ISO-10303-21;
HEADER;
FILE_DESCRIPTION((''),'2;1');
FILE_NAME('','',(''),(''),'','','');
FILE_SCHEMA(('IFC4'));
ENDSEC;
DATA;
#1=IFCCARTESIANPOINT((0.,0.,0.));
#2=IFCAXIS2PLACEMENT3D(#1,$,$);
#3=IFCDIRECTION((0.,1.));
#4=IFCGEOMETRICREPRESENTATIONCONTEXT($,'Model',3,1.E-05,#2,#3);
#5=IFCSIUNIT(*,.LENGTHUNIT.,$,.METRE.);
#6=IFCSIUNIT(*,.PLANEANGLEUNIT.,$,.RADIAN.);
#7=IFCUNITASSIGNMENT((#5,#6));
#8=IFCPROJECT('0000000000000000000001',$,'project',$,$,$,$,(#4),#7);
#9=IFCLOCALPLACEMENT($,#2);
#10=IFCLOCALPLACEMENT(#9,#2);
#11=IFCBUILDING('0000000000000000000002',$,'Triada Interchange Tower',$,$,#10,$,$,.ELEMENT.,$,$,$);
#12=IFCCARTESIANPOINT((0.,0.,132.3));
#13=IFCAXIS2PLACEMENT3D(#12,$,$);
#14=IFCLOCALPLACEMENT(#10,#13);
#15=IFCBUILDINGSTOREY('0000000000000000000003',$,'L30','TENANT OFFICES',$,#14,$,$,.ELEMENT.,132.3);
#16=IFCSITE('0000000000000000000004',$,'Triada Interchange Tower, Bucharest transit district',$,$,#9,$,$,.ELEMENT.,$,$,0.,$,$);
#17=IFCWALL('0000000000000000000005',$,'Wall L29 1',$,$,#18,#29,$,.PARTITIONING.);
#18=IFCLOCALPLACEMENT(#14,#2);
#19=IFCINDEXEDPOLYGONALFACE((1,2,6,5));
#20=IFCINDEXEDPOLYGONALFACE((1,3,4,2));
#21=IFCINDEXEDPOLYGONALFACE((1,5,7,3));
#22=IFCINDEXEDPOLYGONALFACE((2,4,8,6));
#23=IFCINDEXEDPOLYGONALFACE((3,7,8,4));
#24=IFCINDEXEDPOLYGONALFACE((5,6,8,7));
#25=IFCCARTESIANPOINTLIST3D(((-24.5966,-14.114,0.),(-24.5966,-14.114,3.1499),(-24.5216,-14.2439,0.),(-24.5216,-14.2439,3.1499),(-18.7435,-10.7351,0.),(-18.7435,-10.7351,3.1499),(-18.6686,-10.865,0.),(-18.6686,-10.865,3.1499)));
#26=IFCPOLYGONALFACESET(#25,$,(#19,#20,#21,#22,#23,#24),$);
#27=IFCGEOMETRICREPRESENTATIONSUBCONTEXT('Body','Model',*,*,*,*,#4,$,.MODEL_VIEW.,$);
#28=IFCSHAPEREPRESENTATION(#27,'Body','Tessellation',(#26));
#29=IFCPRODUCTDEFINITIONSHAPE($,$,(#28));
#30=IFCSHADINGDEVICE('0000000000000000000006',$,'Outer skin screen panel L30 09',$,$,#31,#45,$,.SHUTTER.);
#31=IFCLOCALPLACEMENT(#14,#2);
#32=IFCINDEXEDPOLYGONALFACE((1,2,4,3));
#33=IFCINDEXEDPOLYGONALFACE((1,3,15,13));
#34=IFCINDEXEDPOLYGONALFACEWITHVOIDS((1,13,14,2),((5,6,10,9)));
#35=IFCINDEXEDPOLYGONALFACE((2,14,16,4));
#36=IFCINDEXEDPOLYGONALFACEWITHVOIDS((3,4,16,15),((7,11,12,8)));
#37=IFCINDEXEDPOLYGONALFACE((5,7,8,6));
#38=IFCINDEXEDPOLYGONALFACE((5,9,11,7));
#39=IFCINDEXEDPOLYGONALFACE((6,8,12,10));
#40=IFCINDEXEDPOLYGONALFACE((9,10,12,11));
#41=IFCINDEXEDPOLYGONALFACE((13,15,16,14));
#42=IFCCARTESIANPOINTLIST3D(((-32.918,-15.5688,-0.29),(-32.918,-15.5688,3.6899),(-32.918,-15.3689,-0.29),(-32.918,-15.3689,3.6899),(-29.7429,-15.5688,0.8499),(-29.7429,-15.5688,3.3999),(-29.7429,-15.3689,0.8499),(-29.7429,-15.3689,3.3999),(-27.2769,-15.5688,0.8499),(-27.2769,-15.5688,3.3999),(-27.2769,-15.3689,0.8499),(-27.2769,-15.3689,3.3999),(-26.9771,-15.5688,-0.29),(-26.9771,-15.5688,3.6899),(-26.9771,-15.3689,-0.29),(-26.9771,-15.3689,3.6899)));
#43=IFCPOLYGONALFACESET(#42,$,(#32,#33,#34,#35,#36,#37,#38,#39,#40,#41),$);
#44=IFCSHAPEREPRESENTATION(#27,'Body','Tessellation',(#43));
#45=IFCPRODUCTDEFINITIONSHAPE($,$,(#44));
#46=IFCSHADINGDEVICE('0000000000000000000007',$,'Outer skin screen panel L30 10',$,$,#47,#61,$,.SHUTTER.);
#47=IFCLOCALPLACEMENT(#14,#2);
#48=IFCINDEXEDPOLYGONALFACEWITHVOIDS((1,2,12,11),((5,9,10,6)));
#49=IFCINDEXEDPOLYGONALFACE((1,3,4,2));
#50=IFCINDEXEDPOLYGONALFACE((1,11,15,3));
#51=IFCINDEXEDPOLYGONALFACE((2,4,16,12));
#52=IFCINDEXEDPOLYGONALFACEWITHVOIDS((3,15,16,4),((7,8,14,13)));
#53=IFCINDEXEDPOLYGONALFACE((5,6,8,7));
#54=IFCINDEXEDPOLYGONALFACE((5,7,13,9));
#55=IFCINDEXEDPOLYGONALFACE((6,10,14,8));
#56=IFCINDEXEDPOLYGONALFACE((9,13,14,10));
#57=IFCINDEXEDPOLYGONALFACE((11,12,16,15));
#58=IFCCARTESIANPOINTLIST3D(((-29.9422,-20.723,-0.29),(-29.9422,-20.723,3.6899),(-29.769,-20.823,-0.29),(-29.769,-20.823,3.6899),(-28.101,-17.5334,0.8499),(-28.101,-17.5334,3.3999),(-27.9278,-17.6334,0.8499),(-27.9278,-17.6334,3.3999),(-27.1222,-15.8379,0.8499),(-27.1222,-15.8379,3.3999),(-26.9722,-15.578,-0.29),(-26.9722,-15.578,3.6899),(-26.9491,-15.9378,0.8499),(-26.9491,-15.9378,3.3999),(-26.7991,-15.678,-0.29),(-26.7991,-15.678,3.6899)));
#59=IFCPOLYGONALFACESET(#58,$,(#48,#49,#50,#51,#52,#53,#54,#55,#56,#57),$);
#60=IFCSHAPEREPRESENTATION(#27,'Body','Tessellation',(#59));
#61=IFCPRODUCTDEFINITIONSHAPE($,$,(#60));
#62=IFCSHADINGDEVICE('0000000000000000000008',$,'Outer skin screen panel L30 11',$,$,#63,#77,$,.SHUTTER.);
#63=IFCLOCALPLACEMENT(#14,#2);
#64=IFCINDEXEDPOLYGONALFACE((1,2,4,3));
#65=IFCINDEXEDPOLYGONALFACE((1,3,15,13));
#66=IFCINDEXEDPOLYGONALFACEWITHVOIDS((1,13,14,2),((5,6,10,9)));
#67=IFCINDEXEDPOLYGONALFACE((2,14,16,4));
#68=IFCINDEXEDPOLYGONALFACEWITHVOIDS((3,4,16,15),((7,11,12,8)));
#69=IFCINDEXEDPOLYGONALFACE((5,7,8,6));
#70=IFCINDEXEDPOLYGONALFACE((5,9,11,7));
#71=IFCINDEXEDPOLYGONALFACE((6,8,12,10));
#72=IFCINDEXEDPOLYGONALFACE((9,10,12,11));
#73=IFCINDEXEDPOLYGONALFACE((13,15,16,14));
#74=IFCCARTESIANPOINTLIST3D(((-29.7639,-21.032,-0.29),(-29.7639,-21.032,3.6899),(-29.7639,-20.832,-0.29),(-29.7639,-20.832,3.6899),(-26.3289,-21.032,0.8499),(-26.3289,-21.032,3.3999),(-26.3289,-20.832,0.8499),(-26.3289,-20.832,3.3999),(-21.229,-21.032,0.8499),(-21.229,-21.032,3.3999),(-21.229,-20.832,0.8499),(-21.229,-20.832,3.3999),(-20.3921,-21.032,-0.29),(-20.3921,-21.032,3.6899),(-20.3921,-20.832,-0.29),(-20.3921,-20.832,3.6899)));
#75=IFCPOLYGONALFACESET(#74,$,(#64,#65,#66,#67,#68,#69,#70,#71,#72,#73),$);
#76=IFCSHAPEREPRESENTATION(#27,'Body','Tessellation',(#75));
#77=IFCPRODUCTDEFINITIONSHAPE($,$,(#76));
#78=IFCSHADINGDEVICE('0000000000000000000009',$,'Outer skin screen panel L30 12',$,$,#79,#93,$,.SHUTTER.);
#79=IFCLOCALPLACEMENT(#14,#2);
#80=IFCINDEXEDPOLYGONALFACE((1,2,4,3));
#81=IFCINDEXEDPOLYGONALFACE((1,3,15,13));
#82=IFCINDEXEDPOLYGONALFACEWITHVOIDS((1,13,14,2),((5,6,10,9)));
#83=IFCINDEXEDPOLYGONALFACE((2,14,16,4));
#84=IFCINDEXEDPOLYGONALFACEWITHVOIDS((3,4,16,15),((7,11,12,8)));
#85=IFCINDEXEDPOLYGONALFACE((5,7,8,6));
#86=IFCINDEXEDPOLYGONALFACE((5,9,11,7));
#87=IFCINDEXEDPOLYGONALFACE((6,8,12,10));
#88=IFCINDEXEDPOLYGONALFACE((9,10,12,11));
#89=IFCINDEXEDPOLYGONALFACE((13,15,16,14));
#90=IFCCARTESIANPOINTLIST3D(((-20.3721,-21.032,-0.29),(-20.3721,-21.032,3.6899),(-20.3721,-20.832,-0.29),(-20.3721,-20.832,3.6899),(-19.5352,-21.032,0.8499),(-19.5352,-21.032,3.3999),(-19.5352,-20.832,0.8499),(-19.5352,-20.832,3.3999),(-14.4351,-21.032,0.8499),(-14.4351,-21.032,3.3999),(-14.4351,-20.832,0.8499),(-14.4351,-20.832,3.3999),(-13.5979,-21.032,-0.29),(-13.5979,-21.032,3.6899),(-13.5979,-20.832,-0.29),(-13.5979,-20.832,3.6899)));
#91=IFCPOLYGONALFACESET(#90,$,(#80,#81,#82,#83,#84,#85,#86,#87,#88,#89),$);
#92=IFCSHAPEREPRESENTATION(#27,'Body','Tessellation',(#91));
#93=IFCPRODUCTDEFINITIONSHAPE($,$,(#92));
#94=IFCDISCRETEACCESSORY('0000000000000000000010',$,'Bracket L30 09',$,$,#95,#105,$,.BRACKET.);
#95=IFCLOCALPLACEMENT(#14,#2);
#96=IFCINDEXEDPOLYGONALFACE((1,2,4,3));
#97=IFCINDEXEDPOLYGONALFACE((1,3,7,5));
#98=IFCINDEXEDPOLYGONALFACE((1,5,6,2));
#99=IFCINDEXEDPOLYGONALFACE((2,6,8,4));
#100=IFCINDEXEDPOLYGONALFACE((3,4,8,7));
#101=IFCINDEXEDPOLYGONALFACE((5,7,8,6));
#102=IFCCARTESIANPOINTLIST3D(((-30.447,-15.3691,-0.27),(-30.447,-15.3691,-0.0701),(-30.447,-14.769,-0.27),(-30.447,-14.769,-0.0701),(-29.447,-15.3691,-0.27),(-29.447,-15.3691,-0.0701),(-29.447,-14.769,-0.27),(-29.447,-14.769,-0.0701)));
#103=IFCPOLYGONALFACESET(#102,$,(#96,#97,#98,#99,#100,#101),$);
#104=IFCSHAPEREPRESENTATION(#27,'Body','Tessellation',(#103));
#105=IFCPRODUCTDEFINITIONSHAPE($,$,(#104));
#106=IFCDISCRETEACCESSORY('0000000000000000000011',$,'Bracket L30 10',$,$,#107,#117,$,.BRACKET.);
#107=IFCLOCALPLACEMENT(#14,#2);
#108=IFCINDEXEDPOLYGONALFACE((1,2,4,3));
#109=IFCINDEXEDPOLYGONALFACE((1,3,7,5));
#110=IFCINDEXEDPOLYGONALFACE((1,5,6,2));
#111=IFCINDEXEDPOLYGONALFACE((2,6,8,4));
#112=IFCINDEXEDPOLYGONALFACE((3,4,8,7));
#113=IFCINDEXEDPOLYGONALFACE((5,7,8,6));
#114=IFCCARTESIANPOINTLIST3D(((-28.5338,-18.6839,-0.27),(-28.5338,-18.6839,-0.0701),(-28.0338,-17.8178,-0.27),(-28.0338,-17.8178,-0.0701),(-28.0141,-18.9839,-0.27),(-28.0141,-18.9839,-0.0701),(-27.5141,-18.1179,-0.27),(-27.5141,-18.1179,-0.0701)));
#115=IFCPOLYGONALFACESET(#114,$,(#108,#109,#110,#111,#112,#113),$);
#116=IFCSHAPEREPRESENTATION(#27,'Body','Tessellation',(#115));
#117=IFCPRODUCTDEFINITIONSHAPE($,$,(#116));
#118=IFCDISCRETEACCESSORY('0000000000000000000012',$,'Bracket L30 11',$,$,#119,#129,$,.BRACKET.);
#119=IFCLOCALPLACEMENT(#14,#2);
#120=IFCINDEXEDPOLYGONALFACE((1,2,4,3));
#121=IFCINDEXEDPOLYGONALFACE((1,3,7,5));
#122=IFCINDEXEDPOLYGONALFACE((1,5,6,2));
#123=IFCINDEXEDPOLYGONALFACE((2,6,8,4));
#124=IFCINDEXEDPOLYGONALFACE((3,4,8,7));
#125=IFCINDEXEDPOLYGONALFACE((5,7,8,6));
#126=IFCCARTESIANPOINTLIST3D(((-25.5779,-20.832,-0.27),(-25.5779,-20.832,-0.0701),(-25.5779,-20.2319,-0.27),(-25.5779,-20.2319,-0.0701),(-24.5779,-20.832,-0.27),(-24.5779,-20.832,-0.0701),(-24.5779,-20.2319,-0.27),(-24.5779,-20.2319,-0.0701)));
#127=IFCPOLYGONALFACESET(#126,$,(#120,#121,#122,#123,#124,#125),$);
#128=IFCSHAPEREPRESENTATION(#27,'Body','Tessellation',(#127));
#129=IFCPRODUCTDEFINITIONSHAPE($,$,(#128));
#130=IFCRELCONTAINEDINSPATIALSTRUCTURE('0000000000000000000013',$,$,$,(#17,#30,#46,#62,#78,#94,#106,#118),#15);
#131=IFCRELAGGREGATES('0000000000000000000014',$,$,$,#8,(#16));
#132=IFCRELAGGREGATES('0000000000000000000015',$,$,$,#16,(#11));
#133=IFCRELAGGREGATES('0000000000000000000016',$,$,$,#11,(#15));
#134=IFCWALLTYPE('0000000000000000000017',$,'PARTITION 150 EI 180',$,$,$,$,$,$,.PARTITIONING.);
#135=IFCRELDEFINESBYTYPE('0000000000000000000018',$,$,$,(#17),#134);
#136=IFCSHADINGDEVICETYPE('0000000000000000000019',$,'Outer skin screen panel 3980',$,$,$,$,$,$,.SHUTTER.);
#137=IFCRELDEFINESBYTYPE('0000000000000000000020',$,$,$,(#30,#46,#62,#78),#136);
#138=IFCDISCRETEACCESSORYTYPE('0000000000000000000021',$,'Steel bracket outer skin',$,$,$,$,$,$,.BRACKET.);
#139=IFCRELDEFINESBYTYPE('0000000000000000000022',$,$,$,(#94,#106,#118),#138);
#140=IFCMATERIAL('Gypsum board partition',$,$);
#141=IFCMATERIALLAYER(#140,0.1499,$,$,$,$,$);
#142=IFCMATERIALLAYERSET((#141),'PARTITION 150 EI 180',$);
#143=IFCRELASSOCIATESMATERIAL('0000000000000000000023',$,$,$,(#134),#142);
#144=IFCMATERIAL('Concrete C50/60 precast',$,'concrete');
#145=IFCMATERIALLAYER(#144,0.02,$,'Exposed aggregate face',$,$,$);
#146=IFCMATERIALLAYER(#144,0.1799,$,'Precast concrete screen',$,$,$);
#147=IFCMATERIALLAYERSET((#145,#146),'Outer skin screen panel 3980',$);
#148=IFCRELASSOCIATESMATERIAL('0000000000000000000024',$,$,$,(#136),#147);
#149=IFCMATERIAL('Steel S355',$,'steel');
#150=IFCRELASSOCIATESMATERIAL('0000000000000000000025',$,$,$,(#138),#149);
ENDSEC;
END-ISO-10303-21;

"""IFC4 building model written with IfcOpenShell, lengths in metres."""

from ifc_helpers import new_model, si_unit, direction, frame, frame_2d, origin, origin_2d, place, context, subcontext, project, spatial, polyline, rectangle, outline, extrude, material, layer, layer_set, type_object, element, save


model = new_model("IFC4")

# Units and contexts
model_context = context("Model", 3, precision=1e-05, world=origin(), true_north=direction((0.0, 1.0)))
body_context = subcontext(model_context, "Body", "Model", "MODEL_VIEW")
ifc_project = project(units=[si_unit("LENGTHUNIT", "METRE"), si_unit("PLANEANGLEUNIT", "RADIAN")], contexts=[model_context])

# Site, building, storey
site_placement = place(None, origin())
site = spatial("IfcSite", under=ifc_project, at=site_placement, Name="Triada Interchange Tower, Bucharest transit district", CompositionType="ELEMENT", RefElevation=0.0)
building_placement = place(site_placement, origin())
building = spatial("IfcBuilding", under=site, at=building_placement, Name="Triada Interchange Tower", CompositionType="ELEMENT")
storey_placement = place(building_placement, frame((0.0, 0.0, 132.3)))
storey = spatial("IfcBuildingStorey", under=building, at=storey_placement, Name="L30", Description="TENANT OFFICES", CompositionType="ELEMENT", Elevation=132.3)

# Wall
ifc_material_1 = material(Name="Gypsum board partition")
ifc_layer_1 = layer(ifc_material_1, 0.1499)
ifc_layer_set_1 = layer_set([ifc_layer_1], Name="PARTITION 150 EI 180")
wall_type_1 = type_object("IfcWallType", Name="PARTITION 150 EI 180", PredefinedType="PARTITIONING", material=ifc_layer_set_1)
wall_1_placement = place(storey_placement, frame((-24.5591, -14.179, 0.0), z_axis=(0.0, 0.0, 1.0), x_axis=(0.866047, 0.499962, 0.0)))
element("IfcWall", 1, at=wall_1_placement, inside=storey, type_object=wall_type_1, Name="Wall L29 1", PredefinedType="PARTITIONING", context=body_context, shape_type="SweptSolid", body=[
    extrude(rectangle(XDim=6.7583, YDim=0.1499, at=frame_2d((3.3792, 0.0))), origin(), (0.0, 0.0, 1.0), 3.1499),
])

# Shading devices
ifc_material_2 = material(Name="Concrete C50/60 precast", Category="concrete")
ifc_layer_2 = layer(ifc_material_2, 0.02, Name="Exposed aggregate face")
ifc_layer_3 = layer(ifc_material_2, 0.1799, Name="Precast concrete screen")
ifc_layer_set_2 = layer_set([ifc_layer_2, ifc_layer_3], Name="Outer skin screen panel 3980")
shading_device_type = type_object("IfcShadingDeviceType", Name="Outer skin screen panel 3980", PredefinedType="SHUTTER", material=ifc_layer_set_2)
shading_device_1_placement = place(storey_placement, frame((-32.918, -15.3689, -0.29), z_axis=(0.0, 0.0, 1.0), x_axis=(1.0, 0.0, 0.0)))
element("IfcShadingDevice", 2, at=shading_device_1_placement, inside=storey, type_object=shading_device_type, Name="Outer skin screen panel L30 09", PredefinedType="SHUTTER", context=body_context, shape_type="SweptSolid", body=[
    extrude(outline(polyline([(0.0, 0.0), (5.9409, 0.0), (5.9409, 3.98), (0.0, 3.98), (0.0, 0.0)]), holes=[polyline([(3.175, 1.1399), (3.175, 3.6899), (5.6411, 3.6899), (5.6411, 1.1399), (3.175, 1.1399)])]), frame((0.0, 0.0, 0.0), z_axis=(0.0, -1.0, 0.0), x_axis=(1.0, 0.0, 0.0)), (0.0, 0.0, 1.0), 0.2),
])
shading_device_2_placement = place(storey_placement, frame((-26.7991, -15.678, -0.29), z_axis=(0.0, 0.0, 1.0), x_axis=(-0.499936, -0.866062, 0.0)))
element("IfcShadingDevice", 3, at=shading_device_2_placement, inside=storey, type_object=shading_device_type, Name="Outer skin screen panel L30 10", PredefinedType="SHUTTER", context=body_context, shape_type="SweptSolid", body=[
    extrude(outline(polyline([(0.0, 0.0), (5.9407, 0.0), (5.9407, 3.98), (0.0, 3.98), (0.0, 0.0)]), holes=[polyline([(0.3, 1.1399), (0.3, 3.6899), (2.2578, 3.6899), (2.2578, 1.1399), (0.3, 1.1399)])]), frame((0.0, 0.0, 0.0), z_axis=(0.0, -1.0, 0.0), x_axis=(1.0, 0.0, 0.0)), (0.0, 0.0, 1.0), 0.2),
])
shading_device_3_placement = place(storey_placement, frame((-29.7639, -20.832, -0.29), z_axis=(0.0, 0.0, 1.0), x_axis=(1.0, 0.0, 0.0)))
element("IfcShadingDevice", 4, at=shading_device_3_placement, inside=storey, type_object=shading_device_type, Name="Outer skin screen panel L30 11", PredefinedType="SHUTTER", context=body_context, shape_type="SweptSolid", body=[
    extrude(outline(polyline([(0.0, 0.0), (9.3718, 0.0), (9.3718, 3.98), (0.0, 3.98), (0.0, 0.0)]), holes=[polyline([(3.4351, 1.1399), (3.4351, 3.6899), (8.5349, 3.6899), (8.5349, 1.1399), (3.4351, 1.1399)])]), frame((0.0, 0.0, 0.0), z_axis=(0.0, -1.0, 0.0), x_axis=(1.0, 0.0, 0.0)), (0.0, 0.0, 1.0), 0.2),
])
shading_device_4_placement = place(storey_placement, frame((-20.3721, -20.832, -0.29), z_axis=(0.0, 0.0, 1.0), x_axis=(1.0, 0.0, 0.0)))
element("IfcShadingDevice", 5, at=shading_device_4_placement, inside=storey, type_object=shading_device_type, Name="Outer skin screen panel L30 12", PredefinedType="SHUTTER", context=body_context, shape_type="SweptSolid", body=[
    extrude(outline(polyline([(0.0, 0.0), (6.7742, 0.0), (6.7742, 3.98), (0.0, 3.98), (0.0, 0.0)]), holes=[polyline([(0.8369, 1.1399), (0.8369, 3.6899), (5.937, 3.6899), (5.937, 1.1399), (0.8369, 1.1399)])]), frame((0.0, 0.0, 0.0), z_axis=(0.0, -1.0, 0.0), x_axis=(1.0, 0.0, 0.0)), (0.0, 0.0, 1.0), 0.2),
])

# Discrete accessories
ifc_material_3 = material(Name="Steel S355", Category="steel")
discrete_accessory_type = type_object("IfcDiscreteAccessoryType", Name="Steel bracket outer skin", PredefinedType="BRACKET", material=ifc_material_3)
for number, where, z_axis, x_axis, name in (
    (6, (-29.947, -15.0691, -0.27), (0.0, 0.0, 1.0), (0.0, -1.0, 0.0), "Bracket L30 09"),
    (7, (-28.0239, -18.4009, -0.27), (0.0, 0.0, 1.0), (-0.86603, 0.499992, 0.0), "Bracket L30 10"),
    (8, (-25.0779, -20.532, -0.27), (0.0, 0.0, 1.0), (0.0, -1.0, 0.0), "Bracket L30 11"),
):
    element("IfcDiscreteAccessory", number, at=place(storey_placement, frame(where, z_axis=z_axis, x_axis=x_axis)), inside=storey, type_object=discrete_accessory_type, Name=name, PredefinedType="BRACKET", context=body_context, shape_type="SweptSolid", body=[
        extrude(rectangle(XDim=0.6001, YDim=1.0, at=origin_2d()), origin(), (0.0, 0.0, 1.0), 0.2),
    ])

save(model, "model.ifc")
